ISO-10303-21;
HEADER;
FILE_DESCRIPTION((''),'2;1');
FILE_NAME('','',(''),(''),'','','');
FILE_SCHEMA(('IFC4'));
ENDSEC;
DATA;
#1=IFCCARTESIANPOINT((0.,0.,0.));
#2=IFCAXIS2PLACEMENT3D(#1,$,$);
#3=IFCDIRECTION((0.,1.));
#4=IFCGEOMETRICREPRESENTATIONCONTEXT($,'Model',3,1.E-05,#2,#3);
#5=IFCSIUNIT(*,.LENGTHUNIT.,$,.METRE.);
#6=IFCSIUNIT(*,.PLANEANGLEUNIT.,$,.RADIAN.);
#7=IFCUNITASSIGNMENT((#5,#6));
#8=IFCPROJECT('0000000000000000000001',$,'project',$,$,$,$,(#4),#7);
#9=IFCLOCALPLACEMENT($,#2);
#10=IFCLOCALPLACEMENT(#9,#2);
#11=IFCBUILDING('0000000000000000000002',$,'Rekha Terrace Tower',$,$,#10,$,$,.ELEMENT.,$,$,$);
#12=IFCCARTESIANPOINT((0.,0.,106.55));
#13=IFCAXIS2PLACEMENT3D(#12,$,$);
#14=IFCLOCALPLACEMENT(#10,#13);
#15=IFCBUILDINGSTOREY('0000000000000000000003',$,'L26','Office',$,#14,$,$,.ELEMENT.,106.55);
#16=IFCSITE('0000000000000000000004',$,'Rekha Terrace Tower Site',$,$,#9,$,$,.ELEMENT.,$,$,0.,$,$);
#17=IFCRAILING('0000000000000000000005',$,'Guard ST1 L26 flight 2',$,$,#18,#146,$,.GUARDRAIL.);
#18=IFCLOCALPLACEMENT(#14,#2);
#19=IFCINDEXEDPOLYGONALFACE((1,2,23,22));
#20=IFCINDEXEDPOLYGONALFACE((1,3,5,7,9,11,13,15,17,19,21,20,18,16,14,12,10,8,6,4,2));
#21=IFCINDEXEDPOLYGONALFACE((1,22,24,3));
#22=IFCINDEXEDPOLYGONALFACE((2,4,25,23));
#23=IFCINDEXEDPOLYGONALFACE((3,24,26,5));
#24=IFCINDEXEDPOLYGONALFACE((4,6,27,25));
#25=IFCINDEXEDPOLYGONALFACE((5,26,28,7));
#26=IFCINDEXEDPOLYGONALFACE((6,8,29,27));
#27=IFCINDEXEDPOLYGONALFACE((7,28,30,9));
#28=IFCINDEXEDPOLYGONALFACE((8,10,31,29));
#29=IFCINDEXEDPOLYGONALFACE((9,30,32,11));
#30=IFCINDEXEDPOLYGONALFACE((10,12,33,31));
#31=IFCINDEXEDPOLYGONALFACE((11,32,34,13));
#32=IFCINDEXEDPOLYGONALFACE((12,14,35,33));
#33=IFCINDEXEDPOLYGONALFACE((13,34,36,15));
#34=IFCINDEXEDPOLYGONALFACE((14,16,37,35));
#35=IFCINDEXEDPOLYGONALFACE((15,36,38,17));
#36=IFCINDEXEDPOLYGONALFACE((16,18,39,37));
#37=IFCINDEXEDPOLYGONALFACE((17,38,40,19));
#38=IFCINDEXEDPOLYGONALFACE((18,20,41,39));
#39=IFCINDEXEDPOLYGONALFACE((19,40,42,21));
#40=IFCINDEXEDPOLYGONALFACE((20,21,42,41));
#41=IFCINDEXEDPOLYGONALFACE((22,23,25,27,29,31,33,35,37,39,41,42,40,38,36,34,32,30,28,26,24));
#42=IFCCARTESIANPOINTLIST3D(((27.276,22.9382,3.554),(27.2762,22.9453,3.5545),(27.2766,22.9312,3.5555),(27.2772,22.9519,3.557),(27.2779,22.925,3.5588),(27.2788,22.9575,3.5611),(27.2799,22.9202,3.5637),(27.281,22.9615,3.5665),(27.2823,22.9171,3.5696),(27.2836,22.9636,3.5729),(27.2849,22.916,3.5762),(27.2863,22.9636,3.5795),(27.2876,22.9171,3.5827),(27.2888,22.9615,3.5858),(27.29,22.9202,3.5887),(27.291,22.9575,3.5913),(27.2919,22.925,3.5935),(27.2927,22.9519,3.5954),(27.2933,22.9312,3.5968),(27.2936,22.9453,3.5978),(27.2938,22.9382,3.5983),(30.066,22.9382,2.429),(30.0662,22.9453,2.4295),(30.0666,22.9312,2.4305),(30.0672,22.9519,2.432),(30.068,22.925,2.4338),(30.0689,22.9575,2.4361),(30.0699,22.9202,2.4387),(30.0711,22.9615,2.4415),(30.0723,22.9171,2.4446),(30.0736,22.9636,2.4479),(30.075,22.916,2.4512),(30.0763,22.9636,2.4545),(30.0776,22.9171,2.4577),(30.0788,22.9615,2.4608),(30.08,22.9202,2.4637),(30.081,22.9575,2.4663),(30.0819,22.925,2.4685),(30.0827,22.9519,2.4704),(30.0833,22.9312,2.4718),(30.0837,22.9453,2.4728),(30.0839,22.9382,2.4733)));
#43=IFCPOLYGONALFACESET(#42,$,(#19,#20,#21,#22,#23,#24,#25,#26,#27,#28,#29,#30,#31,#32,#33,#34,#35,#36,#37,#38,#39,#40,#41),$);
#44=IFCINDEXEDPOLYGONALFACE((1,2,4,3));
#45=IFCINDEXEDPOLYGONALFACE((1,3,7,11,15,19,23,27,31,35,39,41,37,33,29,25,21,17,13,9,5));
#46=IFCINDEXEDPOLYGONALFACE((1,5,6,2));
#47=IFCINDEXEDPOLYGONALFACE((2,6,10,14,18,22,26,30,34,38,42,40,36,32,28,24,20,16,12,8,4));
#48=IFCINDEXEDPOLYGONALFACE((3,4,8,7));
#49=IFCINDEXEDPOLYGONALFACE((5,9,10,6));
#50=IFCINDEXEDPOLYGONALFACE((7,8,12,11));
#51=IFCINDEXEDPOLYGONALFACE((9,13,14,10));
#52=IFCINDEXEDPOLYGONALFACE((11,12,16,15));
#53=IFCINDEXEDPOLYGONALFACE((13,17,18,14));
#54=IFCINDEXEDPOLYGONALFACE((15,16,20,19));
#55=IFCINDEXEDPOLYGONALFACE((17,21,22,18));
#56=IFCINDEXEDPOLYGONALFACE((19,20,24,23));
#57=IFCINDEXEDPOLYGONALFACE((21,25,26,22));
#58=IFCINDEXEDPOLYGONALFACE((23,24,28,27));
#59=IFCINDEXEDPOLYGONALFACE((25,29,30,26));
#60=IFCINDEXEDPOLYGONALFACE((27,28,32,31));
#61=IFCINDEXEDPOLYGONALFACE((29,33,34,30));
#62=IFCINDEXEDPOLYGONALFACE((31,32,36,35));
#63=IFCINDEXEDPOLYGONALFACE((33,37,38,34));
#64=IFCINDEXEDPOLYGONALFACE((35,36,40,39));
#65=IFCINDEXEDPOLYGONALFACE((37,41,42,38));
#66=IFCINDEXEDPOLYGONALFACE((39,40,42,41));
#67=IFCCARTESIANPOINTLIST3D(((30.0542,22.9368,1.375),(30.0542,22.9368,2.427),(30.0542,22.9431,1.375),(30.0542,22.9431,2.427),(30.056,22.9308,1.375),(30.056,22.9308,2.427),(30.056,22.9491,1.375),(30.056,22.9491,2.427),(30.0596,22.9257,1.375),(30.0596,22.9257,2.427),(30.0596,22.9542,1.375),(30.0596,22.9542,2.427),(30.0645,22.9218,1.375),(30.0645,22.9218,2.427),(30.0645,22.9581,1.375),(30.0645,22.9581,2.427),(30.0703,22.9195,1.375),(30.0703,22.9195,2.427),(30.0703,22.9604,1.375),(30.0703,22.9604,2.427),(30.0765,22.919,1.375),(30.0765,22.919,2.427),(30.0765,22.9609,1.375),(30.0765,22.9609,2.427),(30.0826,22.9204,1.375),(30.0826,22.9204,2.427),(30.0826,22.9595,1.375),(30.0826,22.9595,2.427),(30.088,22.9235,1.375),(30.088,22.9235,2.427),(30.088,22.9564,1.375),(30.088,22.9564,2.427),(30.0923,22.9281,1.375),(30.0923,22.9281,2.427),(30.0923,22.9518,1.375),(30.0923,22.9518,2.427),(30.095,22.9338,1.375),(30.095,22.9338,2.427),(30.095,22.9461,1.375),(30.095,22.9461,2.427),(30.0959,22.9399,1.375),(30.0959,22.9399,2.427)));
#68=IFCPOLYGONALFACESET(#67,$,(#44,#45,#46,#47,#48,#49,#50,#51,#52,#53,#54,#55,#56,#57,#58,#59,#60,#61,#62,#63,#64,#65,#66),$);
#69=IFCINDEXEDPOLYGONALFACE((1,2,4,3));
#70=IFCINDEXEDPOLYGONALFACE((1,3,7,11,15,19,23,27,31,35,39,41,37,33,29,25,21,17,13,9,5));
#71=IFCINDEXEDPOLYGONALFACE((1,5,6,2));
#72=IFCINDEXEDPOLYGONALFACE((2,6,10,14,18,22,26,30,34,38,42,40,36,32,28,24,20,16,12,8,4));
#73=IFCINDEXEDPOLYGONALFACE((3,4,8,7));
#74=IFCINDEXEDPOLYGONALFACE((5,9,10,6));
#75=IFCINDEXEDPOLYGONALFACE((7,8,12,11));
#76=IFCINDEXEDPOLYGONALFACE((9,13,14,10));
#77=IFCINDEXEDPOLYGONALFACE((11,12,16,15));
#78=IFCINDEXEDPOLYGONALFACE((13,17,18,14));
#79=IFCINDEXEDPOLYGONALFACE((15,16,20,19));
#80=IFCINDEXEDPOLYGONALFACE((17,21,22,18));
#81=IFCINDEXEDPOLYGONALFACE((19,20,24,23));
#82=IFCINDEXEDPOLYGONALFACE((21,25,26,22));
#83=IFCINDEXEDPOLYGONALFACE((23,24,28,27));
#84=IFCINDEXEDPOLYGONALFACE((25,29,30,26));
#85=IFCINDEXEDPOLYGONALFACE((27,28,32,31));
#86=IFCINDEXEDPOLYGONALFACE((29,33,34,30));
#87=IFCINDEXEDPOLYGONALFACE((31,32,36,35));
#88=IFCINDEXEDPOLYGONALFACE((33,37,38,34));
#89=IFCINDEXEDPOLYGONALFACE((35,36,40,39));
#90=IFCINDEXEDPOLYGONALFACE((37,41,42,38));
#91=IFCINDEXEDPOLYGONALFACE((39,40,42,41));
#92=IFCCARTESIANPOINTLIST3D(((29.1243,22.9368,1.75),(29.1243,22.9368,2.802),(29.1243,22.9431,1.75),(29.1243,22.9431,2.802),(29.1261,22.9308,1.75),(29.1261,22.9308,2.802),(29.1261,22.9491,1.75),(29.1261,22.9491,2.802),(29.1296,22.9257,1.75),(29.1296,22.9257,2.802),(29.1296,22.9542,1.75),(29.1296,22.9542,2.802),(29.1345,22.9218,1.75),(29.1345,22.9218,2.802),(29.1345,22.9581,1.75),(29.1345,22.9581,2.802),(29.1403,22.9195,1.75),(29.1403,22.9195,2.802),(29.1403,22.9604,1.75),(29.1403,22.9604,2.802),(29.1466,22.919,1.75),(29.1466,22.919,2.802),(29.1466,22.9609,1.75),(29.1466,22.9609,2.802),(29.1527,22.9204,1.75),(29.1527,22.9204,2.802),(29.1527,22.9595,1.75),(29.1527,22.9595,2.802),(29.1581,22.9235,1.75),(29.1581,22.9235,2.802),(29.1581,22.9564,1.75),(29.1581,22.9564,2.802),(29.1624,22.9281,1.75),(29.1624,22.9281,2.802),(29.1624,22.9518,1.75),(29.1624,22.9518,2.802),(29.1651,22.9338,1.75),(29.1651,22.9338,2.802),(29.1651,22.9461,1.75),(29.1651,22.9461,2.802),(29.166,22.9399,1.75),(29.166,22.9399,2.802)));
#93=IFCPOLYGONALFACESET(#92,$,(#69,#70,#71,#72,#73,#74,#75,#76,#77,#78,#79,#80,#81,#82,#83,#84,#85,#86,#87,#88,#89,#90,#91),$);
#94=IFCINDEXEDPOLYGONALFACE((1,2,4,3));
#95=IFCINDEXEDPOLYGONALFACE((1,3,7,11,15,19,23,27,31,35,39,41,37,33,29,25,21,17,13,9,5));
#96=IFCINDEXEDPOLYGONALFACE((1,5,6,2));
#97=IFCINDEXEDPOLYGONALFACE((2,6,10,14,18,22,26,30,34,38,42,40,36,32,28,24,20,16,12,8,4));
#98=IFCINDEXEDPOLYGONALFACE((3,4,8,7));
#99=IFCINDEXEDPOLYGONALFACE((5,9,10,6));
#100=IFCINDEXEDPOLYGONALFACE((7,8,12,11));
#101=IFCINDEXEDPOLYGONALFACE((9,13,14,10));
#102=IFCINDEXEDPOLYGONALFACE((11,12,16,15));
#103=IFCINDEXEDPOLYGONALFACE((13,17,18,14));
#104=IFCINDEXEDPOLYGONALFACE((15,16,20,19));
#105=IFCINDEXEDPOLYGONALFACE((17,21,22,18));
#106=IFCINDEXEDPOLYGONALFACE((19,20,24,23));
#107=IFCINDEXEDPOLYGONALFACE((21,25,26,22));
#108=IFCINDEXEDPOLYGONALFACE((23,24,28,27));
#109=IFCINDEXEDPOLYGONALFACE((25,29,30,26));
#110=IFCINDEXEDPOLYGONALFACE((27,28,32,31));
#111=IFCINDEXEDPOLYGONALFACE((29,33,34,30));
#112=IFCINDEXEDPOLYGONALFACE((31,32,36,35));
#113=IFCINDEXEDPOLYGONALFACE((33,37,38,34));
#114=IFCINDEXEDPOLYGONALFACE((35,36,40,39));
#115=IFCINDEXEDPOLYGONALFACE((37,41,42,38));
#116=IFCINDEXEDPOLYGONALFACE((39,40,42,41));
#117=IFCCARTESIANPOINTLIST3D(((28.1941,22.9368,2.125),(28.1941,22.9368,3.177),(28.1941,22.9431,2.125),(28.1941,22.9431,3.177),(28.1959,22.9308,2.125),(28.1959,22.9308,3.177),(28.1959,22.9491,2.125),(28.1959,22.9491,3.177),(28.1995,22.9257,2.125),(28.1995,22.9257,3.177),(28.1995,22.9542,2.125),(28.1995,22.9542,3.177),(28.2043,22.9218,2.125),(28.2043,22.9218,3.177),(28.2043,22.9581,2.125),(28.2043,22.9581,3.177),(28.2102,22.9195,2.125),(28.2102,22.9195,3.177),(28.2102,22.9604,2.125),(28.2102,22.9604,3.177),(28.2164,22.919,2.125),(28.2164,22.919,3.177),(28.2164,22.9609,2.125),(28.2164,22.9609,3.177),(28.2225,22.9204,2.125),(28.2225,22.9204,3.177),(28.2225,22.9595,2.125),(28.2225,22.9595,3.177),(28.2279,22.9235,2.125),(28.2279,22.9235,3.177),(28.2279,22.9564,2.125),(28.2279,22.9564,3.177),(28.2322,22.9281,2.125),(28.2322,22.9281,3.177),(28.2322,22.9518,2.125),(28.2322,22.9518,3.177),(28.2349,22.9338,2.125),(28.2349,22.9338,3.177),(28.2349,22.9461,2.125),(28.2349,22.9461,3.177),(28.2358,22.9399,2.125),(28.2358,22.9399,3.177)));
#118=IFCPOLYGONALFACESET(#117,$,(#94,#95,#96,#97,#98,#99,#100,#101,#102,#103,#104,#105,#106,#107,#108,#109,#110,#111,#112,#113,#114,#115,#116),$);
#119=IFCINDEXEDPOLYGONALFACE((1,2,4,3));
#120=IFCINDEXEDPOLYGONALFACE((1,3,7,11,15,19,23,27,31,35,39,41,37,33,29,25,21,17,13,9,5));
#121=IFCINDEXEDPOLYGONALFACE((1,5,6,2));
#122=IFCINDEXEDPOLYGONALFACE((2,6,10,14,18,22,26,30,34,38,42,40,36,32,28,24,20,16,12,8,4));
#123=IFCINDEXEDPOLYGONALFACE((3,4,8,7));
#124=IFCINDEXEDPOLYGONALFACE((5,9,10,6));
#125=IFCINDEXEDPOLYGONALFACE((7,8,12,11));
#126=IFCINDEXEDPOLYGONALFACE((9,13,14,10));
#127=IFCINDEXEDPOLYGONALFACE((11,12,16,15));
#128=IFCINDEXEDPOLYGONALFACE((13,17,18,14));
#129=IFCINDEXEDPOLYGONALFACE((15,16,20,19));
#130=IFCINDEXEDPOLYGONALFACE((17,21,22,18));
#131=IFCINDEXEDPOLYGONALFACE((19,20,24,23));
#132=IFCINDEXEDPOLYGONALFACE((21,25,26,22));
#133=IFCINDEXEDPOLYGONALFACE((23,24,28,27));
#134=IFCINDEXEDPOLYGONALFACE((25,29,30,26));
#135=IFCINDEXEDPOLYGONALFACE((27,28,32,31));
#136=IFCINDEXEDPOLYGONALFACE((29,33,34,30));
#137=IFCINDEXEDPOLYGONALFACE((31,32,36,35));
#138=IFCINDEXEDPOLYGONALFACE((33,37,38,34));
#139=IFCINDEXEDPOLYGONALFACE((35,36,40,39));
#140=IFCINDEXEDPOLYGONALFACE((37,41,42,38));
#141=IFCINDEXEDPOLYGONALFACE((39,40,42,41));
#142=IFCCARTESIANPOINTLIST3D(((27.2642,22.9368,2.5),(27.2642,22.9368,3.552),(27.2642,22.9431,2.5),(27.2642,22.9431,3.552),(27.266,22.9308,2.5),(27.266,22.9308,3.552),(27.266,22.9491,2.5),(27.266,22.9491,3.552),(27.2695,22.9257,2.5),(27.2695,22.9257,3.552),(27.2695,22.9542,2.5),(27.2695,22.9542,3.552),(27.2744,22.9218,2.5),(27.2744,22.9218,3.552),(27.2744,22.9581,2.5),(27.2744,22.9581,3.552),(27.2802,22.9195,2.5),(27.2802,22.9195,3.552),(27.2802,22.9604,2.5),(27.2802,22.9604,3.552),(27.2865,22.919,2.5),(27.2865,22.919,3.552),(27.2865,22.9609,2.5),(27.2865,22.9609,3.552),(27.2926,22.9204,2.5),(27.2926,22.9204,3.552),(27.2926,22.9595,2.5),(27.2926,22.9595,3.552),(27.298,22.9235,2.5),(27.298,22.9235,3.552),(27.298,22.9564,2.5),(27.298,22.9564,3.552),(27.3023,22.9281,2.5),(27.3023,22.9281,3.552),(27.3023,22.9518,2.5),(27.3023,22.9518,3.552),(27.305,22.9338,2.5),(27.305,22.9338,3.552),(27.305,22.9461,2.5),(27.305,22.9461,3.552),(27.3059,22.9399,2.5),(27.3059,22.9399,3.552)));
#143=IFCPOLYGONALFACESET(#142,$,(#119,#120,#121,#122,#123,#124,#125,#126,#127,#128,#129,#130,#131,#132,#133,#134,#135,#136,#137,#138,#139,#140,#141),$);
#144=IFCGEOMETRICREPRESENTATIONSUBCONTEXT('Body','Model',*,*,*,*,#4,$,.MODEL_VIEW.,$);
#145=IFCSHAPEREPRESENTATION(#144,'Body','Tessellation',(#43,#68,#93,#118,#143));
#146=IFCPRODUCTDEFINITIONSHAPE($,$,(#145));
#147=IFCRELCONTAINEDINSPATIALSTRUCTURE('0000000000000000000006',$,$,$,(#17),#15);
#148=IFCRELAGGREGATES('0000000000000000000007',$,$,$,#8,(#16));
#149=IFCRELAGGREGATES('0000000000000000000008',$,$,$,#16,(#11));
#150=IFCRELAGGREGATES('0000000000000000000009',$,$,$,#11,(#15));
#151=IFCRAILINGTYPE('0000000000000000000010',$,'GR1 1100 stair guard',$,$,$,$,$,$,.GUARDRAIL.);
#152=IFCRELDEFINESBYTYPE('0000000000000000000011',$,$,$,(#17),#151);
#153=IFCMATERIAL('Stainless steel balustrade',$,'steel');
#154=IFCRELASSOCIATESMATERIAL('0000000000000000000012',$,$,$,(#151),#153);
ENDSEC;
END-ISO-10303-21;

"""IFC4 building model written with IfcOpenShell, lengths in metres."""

from ifc_helpers import new_model, si_unit, direction, frame, origin, origin_2d, place, context, subcontext, project, spatial, circle, extrude, material, type_object, element, save


model = new_model("IFC4")

# Units and contexts
model_context = context("Model", 3, precision=1e-05, world=origin(), true_north=direction((0.0, 1.0)))
body_context = subcontext(model_context, "Body", "Model", "MODEL_VIEW")
ifc_project = project(units=[si_unit("LENGTHUNIT", "METRE"), si_unit("PLANEANGLEUNIT", "RADIAN")], contexts=[model_context])

# Site, building, storey
site_placement = place(None, origin())
site = spatial("IfcSite", under=ifc_project, at=site_placement, Name="Rekha Terrace Tower Site", CompositionType="ELEMENT", RefElevation=0.0)
building_placement = place(site_placement, origin())
building = spatial("IfcBuilding", under=site, at=building_placement, Name="Rekha Terrace Tower", CompositionType="ELEMENT")
storey_placement = place(building_placement, frame((0.0, 0.0, 106.55)))
storey = spatial("IfcBuildingStorey", under=building, at=storey_placement, Name="L26", Description="Office", CompositionType="ELEMENT", Elevation=106.55)

# Railing
ifc_material_1 = material(Name="Stainless steel balustrade", Category="steel")
railing_type_1 = type_object("IfcRailingType", Name="GR1 1100 stair guard", PredefinedType="GUARDRAIL", material=ifc_material_1)
railing_1_placement = place(storey_placement, frame((30.075, 22.9399, 1.375)))
element("IfcRailing", 1, at=railing_1_placement, inside=storey, type_object=railing_type_1, Name="Guard ST1 L26 flight 2", PredefinedType="GUARDRAIL", context=body_context, shape_type="SweptSolid", body=[
    extrude(circle(Radius=0.0239, at=origin_2d()), frame((0.0, 0.0, 1.0762), z_axis=(-0.927443, 0.0, 0.373964), x_axis=(0.0, -1.0, 0.0)), (0.0, 0.0, 1.0), 3.0083),
    extrude(circle(Radius=0.021, at=origin_2d()), origin(), (0.0, 0.0, 1.0), 1.052),
    extrude(circle(Radius=0.021, at=origin_2d()), frame((-0.9299, 0.0, 0.375)), (0.0, 0.0, 1.0), 1.052),
    extrude(circle(Radius=0.021, at=origin_2d()), frame((-1.8601, 0.0, 0.75)), (0.0, 0.0, 1.0), 1.052),
    extrude(circle(Radius=0.021, at=origin_2d()), frame((-2.79, 0.0, 1.125)), (0.0, 0.0, 1.0), 1.052),
])

save(model, "model.ifc")
